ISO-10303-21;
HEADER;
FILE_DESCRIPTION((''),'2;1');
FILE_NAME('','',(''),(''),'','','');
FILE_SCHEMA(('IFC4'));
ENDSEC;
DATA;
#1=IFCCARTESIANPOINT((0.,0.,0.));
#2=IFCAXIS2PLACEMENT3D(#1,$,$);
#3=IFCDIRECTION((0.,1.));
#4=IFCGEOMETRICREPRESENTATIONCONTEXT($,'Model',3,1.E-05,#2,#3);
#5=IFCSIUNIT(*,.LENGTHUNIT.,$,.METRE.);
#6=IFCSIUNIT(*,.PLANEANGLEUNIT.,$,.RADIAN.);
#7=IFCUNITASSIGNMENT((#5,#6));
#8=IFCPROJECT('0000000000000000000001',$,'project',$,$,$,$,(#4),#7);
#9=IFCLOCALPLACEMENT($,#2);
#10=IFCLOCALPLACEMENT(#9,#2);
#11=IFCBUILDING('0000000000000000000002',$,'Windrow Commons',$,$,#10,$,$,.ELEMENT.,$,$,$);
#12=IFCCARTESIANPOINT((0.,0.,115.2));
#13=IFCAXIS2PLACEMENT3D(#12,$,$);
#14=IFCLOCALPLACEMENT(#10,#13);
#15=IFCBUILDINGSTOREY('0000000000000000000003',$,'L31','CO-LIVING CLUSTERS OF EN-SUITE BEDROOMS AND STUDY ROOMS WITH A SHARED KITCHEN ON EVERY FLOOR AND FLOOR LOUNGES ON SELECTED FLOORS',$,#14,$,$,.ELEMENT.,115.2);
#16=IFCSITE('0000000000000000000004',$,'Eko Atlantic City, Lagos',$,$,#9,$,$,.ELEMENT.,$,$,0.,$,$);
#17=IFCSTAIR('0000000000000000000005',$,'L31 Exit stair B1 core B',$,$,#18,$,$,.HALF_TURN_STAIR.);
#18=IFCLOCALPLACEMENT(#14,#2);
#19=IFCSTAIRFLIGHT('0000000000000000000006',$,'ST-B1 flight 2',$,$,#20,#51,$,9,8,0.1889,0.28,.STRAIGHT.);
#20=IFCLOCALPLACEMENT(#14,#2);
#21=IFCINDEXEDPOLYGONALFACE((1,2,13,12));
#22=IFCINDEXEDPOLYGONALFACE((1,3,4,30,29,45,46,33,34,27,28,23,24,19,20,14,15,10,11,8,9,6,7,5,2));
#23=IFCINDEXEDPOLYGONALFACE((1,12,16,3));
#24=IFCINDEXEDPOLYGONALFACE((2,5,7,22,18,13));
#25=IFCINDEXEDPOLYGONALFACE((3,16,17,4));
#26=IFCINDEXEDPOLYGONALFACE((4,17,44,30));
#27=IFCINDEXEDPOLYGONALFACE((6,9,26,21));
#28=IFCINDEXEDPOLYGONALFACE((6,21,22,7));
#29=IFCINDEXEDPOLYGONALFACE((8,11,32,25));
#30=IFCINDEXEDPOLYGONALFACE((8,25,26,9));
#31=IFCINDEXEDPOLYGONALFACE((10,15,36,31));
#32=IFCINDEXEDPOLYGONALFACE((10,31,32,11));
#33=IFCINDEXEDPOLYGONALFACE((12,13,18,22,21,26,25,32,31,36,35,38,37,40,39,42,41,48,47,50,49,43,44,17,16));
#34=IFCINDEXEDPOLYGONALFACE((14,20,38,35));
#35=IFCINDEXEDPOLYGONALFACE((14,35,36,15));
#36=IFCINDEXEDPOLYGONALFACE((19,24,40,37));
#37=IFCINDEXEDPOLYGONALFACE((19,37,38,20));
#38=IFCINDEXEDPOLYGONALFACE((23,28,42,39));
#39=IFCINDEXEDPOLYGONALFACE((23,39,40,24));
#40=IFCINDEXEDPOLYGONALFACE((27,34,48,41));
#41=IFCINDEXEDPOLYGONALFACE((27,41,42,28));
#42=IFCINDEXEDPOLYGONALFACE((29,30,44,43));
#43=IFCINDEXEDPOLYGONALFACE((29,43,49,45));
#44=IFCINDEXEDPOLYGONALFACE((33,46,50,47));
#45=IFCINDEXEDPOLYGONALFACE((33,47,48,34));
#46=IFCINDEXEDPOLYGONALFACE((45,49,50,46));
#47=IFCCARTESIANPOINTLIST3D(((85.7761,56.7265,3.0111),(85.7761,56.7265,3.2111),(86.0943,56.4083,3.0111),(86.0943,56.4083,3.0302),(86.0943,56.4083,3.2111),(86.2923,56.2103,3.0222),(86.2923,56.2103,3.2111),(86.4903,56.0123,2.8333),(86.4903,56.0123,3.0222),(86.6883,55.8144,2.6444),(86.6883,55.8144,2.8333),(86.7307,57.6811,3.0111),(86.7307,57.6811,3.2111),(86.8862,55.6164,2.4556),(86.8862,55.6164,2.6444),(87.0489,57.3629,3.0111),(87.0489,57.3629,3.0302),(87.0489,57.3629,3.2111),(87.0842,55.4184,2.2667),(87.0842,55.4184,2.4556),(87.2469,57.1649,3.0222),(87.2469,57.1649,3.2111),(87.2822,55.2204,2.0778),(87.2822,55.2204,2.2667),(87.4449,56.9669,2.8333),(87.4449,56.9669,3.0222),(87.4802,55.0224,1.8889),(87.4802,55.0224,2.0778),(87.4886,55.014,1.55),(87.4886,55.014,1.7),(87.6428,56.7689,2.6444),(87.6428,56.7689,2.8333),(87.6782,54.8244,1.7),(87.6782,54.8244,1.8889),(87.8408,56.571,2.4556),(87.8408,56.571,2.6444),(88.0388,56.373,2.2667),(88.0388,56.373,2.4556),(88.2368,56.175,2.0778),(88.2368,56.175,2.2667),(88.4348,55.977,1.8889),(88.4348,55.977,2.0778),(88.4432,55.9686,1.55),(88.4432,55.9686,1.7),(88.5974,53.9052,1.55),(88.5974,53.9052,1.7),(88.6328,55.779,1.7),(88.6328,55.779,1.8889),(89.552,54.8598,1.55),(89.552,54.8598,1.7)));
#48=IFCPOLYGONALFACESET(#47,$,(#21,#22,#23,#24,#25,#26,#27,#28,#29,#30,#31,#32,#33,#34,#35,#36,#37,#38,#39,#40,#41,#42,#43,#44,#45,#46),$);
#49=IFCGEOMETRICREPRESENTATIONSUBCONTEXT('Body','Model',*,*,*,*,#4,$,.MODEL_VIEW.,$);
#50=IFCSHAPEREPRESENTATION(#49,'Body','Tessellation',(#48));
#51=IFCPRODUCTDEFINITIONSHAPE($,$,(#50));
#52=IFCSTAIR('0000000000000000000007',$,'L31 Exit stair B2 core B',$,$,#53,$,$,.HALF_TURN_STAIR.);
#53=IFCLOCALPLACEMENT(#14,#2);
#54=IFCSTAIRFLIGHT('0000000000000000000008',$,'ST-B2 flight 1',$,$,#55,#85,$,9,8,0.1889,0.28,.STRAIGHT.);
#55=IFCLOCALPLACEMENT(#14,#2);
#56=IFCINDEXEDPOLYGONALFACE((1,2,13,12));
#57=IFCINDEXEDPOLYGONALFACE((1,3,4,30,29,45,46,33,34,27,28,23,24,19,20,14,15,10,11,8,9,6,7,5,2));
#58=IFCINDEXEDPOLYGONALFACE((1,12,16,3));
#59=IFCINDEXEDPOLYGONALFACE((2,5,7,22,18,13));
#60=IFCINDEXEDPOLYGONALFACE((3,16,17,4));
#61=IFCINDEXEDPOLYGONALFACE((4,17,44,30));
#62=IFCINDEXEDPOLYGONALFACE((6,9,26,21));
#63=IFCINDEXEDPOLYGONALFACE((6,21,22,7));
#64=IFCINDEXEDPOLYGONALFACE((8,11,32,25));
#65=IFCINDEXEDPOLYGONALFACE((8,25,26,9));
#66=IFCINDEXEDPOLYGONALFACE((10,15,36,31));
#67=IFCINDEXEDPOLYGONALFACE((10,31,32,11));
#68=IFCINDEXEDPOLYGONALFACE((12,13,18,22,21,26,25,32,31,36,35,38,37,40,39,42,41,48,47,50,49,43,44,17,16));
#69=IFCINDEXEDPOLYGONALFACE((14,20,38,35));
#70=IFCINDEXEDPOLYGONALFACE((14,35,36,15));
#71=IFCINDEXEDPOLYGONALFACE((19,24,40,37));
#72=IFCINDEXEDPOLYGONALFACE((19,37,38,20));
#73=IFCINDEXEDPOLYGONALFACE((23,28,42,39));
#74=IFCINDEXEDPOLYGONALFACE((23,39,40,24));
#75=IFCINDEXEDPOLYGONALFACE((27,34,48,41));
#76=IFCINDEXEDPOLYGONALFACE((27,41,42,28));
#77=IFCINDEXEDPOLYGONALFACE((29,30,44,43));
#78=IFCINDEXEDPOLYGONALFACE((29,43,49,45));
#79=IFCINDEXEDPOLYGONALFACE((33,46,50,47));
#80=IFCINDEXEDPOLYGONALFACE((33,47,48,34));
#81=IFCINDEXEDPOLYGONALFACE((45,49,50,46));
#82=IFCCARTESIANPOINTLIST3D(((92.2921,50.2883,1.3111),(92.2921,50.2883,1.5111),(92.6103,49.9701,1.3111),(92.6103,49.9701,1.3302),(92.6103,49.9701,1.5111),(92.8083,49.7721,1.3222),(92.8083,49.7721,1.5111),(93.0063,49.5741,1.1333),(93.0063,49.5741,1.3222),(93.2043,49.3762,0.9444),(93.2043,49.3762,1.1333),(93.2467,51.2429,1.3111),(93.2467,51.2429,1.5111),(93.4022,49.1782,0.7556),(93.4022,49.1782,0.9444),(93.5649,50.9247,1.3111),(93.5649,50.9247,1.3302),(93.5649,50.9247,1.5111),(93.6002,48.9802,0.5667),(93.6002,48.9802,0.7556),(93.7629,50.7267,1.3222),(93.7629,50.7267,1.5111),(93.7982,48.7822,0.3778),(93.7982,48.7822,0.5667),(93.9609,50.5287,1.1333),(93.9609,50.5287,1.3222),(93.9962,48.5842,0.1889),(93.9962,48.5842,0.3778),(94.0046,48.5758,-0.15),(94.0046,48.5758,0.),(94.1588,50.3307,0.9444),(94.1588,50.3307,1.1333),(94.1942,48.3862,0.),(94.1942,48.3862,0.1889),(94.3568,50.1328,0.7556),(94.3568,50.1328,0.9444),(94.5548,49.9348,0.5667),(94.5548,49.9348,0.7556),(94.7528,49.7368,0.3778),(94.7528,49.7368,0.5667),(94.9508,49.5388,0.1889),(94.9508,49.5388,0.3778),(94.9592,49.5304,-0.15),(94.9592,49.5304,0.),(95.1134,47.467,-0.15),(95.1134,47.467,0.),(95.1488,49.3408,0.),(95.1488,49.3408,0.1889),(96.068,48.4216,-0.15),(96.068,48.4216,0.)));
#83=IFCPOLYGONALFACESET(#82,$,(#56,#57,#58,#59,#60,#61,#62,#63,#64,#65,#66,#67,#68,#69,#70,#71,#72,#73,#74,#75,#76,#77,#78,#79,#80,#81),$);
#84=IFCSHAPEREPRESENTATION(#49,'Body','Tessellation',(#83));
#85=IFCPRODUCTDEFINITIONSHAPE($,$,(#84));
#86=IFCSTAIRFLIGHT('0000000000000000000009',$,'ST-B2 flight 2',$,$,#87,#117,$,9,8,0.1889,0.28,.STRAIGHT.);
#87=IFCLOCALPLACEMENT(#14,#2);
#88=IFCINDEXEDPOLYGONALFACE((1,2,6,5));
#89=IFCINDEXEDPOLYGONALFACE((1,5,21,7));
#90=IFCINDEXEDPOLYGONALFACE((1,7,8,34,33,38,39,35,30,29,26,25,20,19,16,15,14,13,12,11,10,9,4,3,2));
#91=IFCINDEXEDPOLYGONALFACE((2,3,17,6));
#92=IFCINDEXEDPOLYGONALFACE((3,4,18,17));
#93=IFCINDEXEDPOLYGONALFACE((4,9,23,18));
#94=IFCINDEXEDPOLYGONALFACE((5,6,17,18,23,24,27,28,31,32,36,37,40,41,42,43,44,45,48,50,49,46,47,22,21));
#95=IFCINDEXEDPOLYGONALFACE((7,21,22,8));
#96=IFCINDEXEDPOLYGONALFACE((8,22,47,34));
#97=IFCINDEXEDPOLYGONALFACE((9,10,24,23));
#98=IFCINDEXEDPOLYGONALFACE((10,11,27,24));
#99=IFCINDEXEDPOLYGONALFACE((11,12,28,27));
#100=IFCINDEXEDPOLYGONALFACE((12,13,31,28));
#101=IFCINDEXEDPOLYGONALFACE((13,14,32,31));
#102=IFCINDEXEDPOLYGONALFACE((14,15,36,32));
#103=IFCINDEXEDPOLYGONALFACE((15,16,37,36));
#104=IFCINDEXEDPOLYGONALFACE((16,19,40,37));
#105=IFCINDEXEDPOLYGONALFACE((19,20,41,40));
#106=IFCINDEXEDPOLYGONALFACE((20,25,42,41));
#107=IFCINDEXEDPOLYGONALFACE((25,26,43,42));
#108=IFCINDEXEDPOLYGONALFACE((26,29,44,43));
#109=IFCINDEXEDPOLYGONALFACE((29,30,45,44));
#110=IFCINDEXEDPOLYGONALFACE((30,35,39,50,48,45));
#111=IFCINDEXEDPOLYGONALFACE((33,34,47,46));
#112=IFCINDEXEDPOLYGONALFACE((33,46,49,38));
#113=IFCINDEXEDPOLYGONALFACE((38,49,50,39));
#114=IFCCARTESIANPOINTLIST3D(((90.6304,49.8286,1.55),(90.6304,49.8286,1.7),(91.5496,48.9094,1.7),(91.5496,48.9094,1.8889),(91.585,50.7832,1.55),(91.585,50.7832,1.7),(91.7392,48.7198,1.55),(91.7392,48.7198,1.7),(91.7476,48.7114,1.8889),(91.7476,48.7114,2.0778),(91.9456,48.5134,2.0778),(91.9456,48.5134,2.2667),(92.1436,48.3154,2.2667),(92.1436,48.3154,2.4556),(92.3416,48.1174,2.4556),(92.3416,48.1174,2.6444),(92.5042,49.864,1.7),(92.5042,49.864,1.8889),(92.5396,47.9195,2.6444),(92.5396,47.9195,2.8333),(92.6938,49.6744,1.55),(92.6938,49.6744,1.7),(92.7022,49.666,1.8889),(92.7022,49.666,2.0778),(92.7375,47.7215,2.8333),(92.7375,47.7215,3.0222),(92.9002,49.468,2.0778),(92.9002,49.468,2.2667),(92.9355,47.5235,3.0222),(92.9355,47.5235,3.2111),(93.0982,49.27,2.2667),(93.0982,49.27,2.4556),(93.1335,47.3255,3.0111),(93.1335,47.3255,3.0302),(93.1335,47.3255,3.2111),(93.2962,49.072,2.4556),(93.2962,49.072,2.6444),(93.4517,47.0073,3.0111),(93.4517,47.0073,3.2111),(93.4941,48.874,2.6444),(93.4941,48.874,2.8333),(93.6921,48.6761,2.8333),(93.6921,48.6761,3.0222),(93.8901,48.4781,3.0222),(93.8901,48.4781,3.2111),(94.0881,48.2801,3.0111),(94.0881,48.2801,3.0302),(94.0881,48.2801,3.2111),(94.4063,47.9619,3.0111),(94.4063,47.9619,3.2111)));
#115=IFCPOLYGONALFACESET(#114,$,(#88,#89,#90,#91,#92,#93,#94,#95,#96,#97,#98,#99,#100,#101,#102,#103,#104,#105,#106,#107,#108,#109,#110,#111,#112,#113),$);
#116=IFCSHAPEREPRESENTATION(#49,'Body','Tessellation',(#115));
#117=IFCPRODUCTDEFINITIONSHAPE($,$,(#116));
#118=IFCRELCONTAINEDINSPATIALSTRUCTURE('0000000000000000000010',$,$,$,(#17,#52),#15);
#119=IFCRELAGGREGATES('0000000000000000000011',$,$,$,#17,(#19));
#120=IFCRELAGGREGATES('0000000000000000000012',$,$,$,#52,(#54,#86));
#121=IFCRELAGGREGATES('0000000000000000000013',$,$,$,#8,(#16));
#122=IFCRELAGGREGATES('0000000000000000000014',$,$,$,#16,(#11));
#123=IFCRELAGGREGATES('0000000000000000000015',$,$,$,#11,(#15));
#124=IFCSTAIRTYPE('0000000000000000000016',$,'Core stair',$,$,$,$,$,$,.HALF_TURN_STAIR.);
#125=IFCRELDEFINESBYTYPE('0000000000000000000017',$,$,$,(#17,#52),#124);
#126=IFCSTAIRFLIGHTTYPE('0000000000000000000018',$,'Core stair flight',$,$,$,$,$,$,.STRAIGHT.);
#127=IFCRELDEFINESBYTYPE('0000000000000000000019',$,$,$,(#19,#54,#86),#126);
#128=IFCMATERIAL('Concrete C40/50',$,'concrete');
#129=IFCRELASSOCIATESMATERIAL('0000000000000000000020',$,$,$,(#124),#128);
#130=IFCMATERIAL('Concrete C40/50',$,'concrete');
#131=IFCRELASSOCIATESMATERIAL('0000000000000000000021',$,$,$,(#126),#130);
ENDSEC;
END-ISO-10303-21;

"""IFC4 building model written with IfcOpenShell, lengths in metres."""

from ifc_helpers import new_model, si_unit, direction, frame, origin, place, context, subcontext, project, spatial, polyline, outline, extrude, material, type_object, element, aggregate, save


model = new_model("IFC4")

# Units and contexts
model_context = context("Model", 3, precision=1e-05, world=origin(), true_north=direction((0.0, 1.0)))
body_context = subcontext(model_context, "Body", "Model", "MODEL_VIEW")
ifc_project = project(units=[si_unit("LENGTHUNIT", "METRE"), si_unit("PLANEANGLEUNIT", "RADIAN")], contexts=[model_context])

# Site, building, storey
site_placement = place(None, origin())
site = spatial("IfcSite", under=ifc_project, at=site_placement, Name="Eko Atlantic City, Lagos", CompositionType="ELEMENT", RefElevation=0.0)
building_placement = place(site_placement, origin())
building = spatial("IfcBuilding", under=site, at=building_placement, Name="Windrow Commons", CompositionType="ELEMENT")
storey_placement = place(building_placement, frame((0.0, 0.0, 115.2)))
storey = spatial("IfcBuildingStorey", under=building, at=storey_placement, Name="L31", Description="CO-LIVING CLUSTERS OF EN-SUITE BEDROOMS AND STUDY ROOMS WITH A SHARED KITCHEN ON EVERY FLOOR AND FLOOR LOUNGES ON SELECTED FLOORS", CompositionType="ELEMENT", Elevation=115.2)

# Stairs, stair flights
ifc_material_1 = material(Name="Concrete C40/50", Category="concrete")
stair_type = type_object("IfcStairType", Name="Core stair", PredefinedType="HALF_TURN_STAIR", material=ifc_material_1)
placement = place(storey_placement, origin())
stair_1 = element("IfcStair", 1, at=placement, inside=storey, type_object=stair_type, Name="L31 Exit stair B1 core B", PredefinedType="HALF_TURN_STAIR")
ifc_material_2 = material(Name="Concrete C40/50", Category="concrete")
stair_flight_type = type_object("IfcStairFlightType", Name="Core stair flight", PredefinedType="STRAIGHT", material=ifc_material_2)
stair_flight_1_placement = place(storey_placement, frame((88.1555, 55.3017, 1.7), z_axis=(0.0, 0.0, 1.0), x_axis=(-0.707107, 0.707107, 0.0)))
stair_flight_1 = element("IfcStairFlight", 2, at=stair_flight_1_placement, type_object=stair_flight_type, Name="ST-B1 flight 2", NumberOfRisers=9, NumberOfTreads=8, PredefinedType="STRAIGHT", RiserHeight=0.1889, TreadLength=0.28, context=body_context, shape_type="SweptSolid", body=[
    extrude(outline(polyline([(-1.3, -0.15), (-1.3, 0.0), (0.0, 0.0), (0.0, 0.1889), (0.28, 0.1889), (0.28, 0.3778), (0.56, 0.3778), (0.56, 0.5667), (0.84, 0.5667), (0.84, 0.7556), (1.12, 0.7556), (1.12, 0.9444), (1.4, 0.9444), (1.4, 1.1333), (1.68, 1.1333), (1.68, 1.3222), (1.96, 1.3222), (1.96, 1.5111), (2.24, 1.5111), (2.69, 1.5111), (2.69, 1.3111), (2.24, 1.3111), (2.24, 1.3302), (0.2682, 0.0), (0.2682, -0.15), (-1.3, -0.15)])), frame((0.0, 0.675, 0.0), z_axis=(0.0, -1.0, 0.0), x_axis=(1.0, 0.0, 0.0)), (0.0, 0.0, 1.0), 1.35),
])
aggregate(stair_1, [stair_flight_1])
stair_2 = element("IfcStair", 3, at=placement, inside=storey, type_object=stair_type, Name="L31 Exit stair B2 core B", PredefinedType="HALF_TURN_STAIR")
stair_flight_2_placement = place(storey_placement, frame((94.6715, 48.8635, 0.0), z_axis=(0.0, 0.0, 1.0), x_axis=(-0.707107, 0.707107, 0.0)))
stair_flight_2 = element("IfcStairFlight", 4, at=stair_flight_2_placement, type_object=stair_flight_type, Name="ST-B2 flight 1", NumberOfRisers=9, NumberOfTreads=8, PredefinedType="STRAIGHT", RiserHeight=0.1889, TreadLength=0.28, context=body_context, shape_type="SweptSolid", body=[
    extrude(outline(polyline([(-1.3, -0.15), (-1.3, 0.0), (0.0, 0.0), (0.0, 0.1889), (0.28, 0.1889), (0.28, 0.3778), (0.56, 0.3778), (0.56, 0.5667), (0.84, 0.5667), (0.84, 0.7556), (1.12, 0.7556), (1.12, 0.9444), (1.4, 0.9444), (1.4, 1.1333), (1.68, 1.1333), (1.68, 1.3222), (1.96, 1.3222), (1.96, 1.5111), (2.24, 1.5111), (2.69, 1.5111), (2.69, 1.3111), (2.24, 1.3111), (2.24, 1.3302), (0.2682, 0.0), (0.2682, -0.15), (-1.3, -0.15)])), frame((0.0, 0.675, 0.0), z_axis=(0.0, -1.0, 0.0), x_axis=(1.0, 0.0, 0.0)), (0.0, 0.0, 1.0), 1.35),
])
stair_flight_3_placement = place(storey_placement, frame((92.0269, 49.3867, 1.7), z_axis=(0.0, 0.0, 1.0), x_axis=(0.707107, -0.707107, 0.0)))
stair_flight_3 = element("IfcStairFlight", 5, at=stair_flight_3_placement, type_object=stair_flight_type, Name="ST-B2 flight 2", NumberOfRisers=9, NumberOfTreads=8, PredefinedType="STRAIGHT", RiserHeight=0.1889, TreadLength=0.28, context=body_context, shape_type="SweptSolid", body=[
    extrude(outline(polyline([(-1.3, -0.15), (-1.3, 0.0), (0.0, 0.0), (0.0, 0.1889), (0.28, 0.1889), (0.28, 0.3778), (0.56, 0.3778), (0.56, 0.5667), (0.84, 0.5667), (0.84, 0.7556), (1.12, 0.7556), (1.12, 0.9444), (1.4, 0.9444), (1.4, 1.1333), (1.68, 1.1333), (1.68, 1.3222), (1.96, 1.3222), (1.96, 1.5111), (2.24, 1.5111), (2.69, 1.5111), (2.69, 1.3111), (2.24, 1.3111), (2.24, 1.3302), (0.2682, 0.0), (0.2682, -0.15), (-1.3, -0.15)])), frame((0.0, 0.675, 0.0), z_axis=(0.0, -1.0, 0.0), x_axis=(1.0, 0.0, 0.0)), (0.0, 0.0, 1.0), 1.35),
])
aggregate(stair_2, [stair_flight_2, stair_flight_3])

save(model, "model.ifc")
